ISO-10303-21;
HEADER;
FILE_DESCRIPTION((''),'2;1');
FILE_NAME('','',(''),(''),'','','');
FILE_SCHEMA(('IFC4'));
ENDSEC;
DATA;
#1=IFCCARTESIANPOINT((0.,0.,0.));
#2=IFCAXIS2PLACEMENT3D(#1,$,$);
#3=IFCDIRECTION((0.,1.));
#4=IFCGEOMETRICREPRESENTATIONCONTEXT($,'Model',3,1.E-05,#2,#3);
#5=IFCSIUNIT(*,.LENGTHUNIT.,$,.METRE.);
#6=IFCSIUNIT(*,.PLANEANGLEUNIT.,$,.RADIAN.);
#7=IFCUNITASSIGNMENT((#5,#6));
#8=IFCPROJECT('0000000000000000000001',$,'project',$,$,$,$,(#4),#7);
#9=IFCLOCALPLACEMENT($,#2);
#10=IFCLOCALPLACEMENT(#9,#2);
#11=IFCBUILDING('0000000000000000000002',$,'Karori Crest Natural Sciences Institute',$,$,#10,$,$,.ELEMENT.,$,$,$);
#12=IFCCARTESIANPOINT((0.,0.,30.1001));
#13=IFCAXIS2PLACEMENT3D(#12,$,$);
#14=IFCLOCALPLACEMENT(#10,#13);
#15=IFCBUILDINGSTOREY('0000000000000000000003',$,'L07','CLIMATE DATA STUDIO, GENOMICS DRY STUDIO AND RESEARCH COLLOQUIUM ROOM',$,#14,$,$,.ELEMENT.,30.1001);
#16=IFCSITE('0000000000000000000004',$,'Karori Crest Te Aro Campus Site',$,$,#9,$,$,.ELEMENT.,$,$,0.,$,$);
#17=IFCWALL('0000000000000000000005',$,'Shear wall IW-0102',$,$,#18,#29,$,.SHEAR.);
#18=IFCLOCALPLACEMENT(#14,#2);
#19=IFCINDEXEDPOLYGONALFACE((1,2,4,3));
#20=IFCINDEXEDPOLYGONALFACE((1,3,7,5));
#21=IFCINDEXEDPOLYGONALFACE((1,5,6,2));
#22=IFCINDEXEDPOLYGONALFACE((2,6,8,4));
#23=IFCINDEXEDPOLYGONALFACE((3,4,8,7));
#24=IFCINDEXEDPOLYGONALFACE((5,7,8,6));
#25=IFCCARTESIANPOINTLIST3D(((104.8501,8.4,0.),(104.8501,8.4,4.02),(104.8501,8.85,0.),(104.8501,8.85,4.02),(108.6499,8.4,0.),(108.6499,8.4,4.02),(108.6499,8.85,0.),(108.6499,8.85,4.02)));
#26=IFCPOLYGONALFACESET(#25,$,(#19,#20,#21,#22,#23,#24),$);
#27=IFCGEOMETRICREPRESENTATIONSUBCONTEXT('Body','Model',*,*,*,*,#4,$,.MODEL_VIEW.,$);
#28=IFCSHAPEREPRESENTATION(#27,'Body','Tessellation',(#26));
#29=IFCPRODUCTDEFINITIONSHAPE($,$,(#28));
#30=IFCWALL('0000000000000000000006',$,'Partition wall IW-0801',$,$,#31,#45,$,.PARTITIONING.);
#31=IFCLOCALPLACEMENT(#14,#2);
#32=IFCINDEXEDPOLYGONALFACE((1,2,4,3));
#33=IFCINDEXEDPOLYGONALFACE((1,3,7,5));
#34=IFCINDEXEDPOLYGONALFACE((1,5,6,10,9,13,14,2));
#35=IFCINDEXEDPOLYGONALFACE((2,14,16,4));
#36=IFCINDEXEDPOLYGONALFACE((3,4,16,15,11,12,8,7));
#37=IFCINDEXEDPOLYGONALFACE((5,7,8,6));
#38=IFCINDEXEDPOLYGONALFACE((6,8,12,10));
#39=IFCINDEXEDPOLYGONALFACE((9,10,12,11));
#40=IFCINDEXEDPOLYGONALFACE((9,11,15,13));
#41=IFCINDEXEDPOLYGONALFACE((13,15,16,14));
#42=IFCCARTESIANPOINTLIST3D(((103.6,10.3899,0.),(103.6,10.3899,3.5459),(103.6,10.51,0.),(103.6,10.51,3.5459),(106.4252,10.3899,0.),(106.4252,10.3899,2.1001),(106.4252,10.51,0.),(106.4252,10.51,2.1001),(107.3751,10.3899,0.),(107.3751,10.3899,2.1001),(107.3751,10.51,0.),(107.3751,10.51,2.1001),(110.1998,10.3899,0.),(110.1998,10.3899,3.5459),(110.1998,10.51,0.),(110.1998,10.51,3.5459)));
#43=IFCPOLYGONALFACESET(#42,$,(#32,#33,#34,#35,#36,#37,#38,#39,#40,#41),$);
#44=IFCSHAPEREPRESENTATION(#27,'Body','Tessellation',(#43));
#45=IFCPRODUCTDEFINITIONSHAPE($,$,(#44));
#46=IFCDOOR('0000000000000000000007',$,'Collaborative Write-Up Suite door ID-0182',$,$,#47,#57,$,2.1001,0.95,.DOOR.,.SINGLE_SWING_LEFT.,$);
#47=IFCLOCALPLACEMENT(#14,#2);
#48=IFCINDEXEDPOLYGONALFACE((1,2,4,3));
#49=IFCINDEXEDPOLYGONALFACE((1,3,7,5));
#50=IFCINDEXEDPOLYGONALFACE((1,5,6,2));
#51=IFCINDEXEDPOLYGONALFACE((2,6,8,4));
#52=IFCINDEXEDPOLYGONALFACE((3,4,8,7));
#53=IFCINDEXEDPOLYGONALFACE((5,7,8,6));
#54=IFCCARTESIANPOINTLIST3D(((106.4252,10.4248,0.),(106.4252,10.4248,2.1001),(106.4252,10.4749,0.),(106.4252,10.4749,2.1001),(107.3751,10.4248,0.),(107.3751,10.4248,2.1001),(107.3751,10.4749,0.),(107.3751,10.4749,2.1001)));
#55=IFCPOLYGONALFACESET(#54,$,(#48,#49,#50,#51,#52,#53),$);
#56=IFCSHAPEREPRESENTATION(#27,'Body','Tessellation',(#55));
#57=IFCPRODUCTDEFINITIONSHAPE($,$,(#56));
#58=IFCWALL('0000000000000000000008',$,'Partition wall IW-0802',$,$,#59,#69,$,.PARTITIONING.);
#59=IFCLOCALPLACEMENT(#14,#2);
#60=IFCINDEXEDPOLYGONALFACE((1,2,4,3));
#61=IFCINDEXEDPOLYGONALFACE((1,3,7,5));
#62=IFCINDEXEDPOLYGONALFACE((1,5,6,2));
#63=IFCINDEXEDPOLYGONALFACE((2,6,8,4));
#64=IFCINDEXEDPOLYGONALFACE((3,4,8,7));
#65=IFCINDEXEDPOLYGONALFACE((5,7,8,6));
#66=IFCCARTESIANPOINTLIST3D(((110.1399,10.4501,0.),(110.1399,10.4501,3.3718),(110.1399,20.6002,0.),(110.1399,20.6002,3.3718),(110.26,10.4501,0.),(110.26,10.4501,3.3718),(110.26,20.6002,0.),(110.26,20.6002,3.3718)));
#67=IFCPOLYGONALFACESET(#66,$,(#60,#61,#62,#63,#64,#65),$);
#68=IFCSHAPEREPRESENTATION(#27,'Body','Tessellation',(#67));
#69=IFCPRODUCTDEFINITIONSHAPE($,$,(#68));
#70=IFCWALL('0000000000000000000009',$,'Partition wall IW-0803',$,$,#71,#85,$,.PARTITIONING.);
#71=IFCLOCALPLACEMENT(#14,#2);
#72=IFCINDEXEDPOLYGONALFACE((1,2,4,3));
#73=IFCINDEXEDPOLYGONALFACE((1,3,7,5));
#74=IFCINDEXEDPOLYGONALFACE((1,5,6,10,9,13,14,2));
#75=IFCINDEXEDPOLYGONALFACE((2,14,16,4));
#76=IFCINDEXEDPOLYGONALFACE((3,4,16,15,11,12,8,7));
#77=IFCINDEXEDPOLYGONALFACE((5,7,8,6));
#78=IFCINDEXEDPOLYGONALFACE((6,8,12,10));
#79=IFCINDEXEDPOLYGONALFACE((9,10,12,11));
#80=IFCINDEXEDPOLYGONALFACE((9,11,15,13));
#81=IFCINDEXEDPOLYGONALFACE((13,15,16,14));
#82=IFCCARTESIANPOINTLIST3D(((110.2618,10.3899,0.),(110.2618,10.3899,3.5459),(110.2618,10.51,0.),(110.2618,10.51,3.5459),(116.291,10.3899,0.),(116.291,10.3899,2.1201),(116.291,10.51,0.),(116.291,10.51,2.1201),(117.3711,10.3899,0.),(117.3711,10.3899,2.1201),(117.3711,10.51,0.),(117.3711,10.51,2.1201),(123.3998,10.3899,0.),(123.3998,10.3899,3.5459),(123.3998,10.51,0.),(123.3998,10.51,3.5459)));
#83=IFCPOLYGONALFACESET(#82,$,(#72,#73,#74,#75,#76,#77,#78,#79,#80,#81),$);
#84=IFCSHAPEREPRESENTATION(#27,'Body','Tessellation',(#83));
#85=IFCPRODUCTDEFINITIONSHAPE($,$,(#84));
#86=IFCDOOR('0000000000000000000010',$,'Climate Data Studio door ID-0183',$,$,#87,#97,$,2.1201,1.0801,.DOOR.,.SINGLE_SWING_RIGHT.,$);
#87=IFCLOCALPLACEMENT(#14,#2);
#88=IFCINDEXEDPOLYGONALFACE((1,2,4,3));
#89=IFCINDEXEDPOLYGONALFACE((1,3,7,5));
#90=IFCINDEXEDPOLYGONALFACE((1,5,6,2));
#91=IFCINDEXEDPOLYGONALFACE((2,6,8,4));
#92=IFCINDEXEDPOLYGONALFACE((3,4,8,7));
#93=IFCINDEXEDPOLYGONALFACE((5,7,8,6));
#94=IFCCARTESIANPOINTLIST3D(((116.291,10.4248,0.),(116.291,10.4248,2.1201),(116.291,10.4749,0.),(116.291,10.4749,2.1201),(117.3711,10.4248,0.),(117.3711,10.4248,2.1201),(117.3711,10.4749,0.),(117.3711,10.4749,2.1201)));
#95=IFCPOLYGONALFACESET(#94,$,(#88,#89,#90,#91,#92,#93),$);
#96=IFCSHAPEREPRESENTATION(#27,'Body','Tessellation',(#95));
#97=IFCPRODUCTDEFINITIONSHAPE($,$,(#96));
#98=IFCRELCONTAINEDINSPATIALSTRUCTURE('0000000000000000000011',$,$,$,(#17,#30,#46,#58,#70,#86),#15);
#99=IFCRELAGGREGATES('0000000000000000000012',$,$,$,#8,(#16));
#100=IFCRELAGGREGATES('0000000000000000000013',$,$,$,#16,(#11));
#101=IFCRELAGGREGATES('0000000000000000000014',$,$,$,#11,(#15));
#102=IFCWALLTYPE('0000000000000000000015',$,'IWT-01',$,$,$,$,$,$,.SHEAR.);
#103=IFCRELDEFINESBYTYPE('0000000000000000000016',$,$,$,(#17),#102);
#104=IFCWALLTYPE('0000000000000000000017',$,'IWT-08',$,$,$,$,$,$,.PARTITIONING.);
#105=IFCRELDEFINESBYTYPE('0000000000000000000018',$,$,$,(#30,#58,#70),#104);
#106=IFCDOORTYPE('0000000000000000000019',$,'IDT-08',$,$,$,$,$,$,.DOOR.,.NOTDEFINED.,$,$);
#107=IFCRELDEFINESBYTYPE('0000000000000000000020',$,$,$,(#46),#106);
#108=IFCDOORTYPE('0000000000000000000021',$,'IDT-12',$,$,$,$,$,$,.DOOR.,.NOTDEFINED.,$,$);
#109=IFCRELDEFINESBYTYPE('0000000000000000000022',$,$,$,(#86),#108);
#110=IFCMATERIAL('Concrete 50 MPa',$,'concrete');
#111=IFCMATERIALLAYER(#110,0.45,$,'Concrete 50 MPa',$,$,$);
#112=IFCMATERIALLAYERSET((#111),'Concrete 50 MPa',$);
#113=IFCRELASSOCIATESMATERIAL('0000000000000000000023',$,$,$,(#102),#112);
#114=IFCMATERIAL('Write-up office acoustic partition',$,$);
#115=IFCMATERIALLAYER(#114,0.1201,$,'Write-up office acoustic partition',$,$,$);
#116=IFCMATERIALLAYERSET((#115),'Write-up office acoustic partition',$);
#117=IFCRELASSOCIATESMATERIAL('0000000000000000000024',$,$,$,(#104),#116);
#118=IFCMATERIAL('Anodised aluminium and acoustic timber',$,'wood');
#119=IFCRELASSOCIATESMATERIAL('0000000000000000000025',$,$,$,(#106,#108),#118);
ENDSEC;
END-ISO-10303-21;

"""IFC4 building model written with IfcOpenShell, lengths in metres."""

from ifc_helpers import new_model, si_unit, direction, frame, frame_2d, origin, place, context, subcontext, project, spatial, rectangle, extrude, material, layer, layer_set, type_object, element, fill, save


model = new_model("IFC4")

# Units and contexts
model_context = context("Model", 3, precision=1e-05, world=origin(), true_north=direction((0.0, 1.0)))
body_context = subcontext(model_context, "Body", "Model", "MODEL_VIEW")
ifc_project = project(units=[si_unit("LENGTHUNIT", "METRE"), si_unit("PLANEANGLEUNIT", "RADIAN")], contexts=[model_context])

# Site, building, storey
site_placement = place(None, origin())
site = spatial("IfcSite", under=ifc_project, at=site_placement, Name="Karori Crest Te Aro Campus Site", CompositionType="ELEMENT", RefElevation=0.0)
building_placement = place(site_placement, origin())
building = spatial("IfcBuilding", under=site, at=building_placement, Name="Karori Crest Natural Sciences Institute", CompositionType="ELEMENT")
storey_placement = place(building_placement, frame((0.0, 0.0, 30.1001)))
storey = spatial("IfcBuildingStorey", under=building, at=storey_placement, Name="L07", Description="CLIMATE DATA STUDIO, GENOMICS DRY STUDIO AND RESEARCH COLLOQUIUM ROOM", CompositionType="ELEMENT", Elevation=30.1001)

# Shared definitions
ifc_material_1 = material(Name="Concrete 50 MPa", Category="concrete")

# Wall
ifc_layer_1 = layer(ifc_material_1, 0.45, Name="Concrete 50 MPa")
ifc_layer_set_1 = layer_set([ifc_layer_1], Name="Concrete 50 MPa")
wall_type_1 = type_object("IfcWallType", Name="IWT-01", PredefinedType="SHEAR", material=ifc_layer_set_1)
wall_1_placement = place(storey_placement, frame((104.8501, 8.625, 0.0), z_axis=(0.0, 0.0, 1.0), x_axis=(1.0, 0.0, 0.0)))
element("IfcWall", 1, at=wall_1_placement, inside=storey, type_object=wall_type_1, Name="Shear wall IW-0102", PredefinedType="SHEAR", context=body_context, shape_type="SweptSolid", body=[
    extrude(rectangle(XDim=3.7998, YDim=0.45, at=frame_2d((1.8999, 0.0))), origin(), (0.0, 0.0, 1.0), 4.02),
])

# Wall, opening, door
ifc_material_2 = material(Name="Write-up office acoustic partition")
ifc_layer_2 = layer(ifc_material_2, 0.1201, Name="Write-up office acoustic partition")
ifc_layer_set_2 = layer_set([ifc_layer_2], Name="Write-up office acoustic partition")
wall_type_2 = type_object("IfcWallType", Name="IWT-08", PredefinedType="PARTITIONING", material=ifc_layer_set_2)
wall_2_placement = place(storey_placement, frame((103.6001, 10.45, 0.0), z_axis=(0.0, 0.0, 1.0), x_axis=(1.0, 0.0, 0.0)))
wall_2 = element("IfcWall", 2, at=wall_2_placement, inside=storey, type_object=wall_type_2, Name="Partition wall IW-0801", PredefinedType="PARTITIONING", context=body_context, shape_type="SweptSolid", body=[
    extrude(rectangle(XDim=6.5999, YDim=0.1201, at=frame_2d((3.2998, 0.0))), origin(), (0.0, 0.0, 1.0), 3.5459),
])
opening_1_placement = place(wall_2_placement, frame((2.825, 0.0, 0.0)))
opening_1 = element("IfcOpeningElement", 3, at=opening_1_placement, cuts=wall_2, PredefinedType="OPENING", context=body_context, shape_type="SweptSolid", body=[
    extrude(rectangle(XDim=0.95, YDim=2.1001, at=frame_2d((0.4751, 1.05))), frame((0.0, 0.0701, 0.0), z_axis=(0.0, -1.0, 0.0), x_axis=(1.0, 0.0, 0.0)), (0.0, 0.0, 1.0), 0.1401),
])
ifc_material_3 = material(Name="Anodised aluminium and acoustic timber", Category="wood")
door_type_1 = type_object("IfcDoorType", Name="IDT-08", OperationType="NOTDEFINED", PredefinedType="DOOR", material=ifc_material_3)
door_1_placement = place(opening_1_placement, origin())
door_1 = element("IfcDoor", 4, at=door_1_placement, inside=storey, type_object=door_type_1, Name="Collaborative Write-Up Suite door ID-0182", OperationType="SINGLE_SWING_LEFT", OverallHeight=2.1001, OverallWidth=0.95, PredefinedType="DOOR", context=body_context, shape_type="SweptSolid", body=[
    extrude(rectangle(XDim=0.95, YDim=2.1001, at=frame_2d((0.4751, 1.05))), frame((0.0, 0.0249, 0.0), z_axis=(0.0, -1.0, 0.0), x_axis=(1.0, 0.0, 0.0)), (0.0, 0.0, 1.0), 0.05),
])
fill(opening_1, door_1)

# Wall
wall_3_placement = place(storey_placement, frame((110.2, 10.45, 0.0), z_axis=(0.0, 0.0, 1.0), x_axis=(0.0, 1.0, 0.0)))
element("IfcWall", 5, at=wall_3_placement, inside=storey, type_object=wall_type_2, Name="Partition wall IW-0802", PredefinedType="PARTITIONING", context=body_context, shape_type="SweptSolid", body=[
    extrude(rectangle(XDim=10.1501, YDim=0.1201, at=frame_2d((5.0752, 0.0))), origin(), (0.0, 0.0, 1.0), 3.3718),
])

# Wall, opening, door
wall_4_placement = place(storey_placement, frame((110.262, 10.45, 0.0), z_axis=(0.0, 0.0, 1.0), x_axis=(1.0, 0.0, 0.0)))
wall_4 = element("IfcWall", 6, at=wall_4_placement, inside=storey, type_object=wall_type_2, Name="Partition wall IW-0803", PredefinedType="PARTITIONING", context=body_context, shape_type="SweptSolid", body=[
    extrude(rectangle(XDim=13.1379, YDim=0.1201, at=frame_2d((6.5688, 0.0))), origin(), (0.0, 0.0, 1.0), 3.5459),
])
opening_2_placement = place(wall_4_placement, frame((6.0291, 0.0, 0.0)))
opening_2 = element("IfcOpeningElement", 7, at=opening_2_placement, cuts=wall_4, PredefinedType="OPENING", context=body_context, shape_type="SweptSolid", body=[
    extrude(rectangle(XDim=1.0801, YDim=2.1201, at=frame_2d((0.54, 1.0601))), frame((0.0, 0.0701, 0.0), z_axis=(0.0, -1.0, 0.0), x_axis=(1.0, 0.0, 0.0)), (0.0, 0.0, 1.0), 0.1401),
])
door_type_2 = type_object("IfcDoorType", Name="IDT-12", OperationType="NOTDEFINED", PredefinedType="DOOR", material=ifc_material_3)
door_2_placement = place(opening_2_placement, origin())
door_2 = element("IfcDoor", 8, at=door_2_placement, inside=storey, type_object=door_type_2, Name="Climate Data Studio door ID-0183", OperationType="SINGLE_SWING_RIGHT", OverallHeight=2.1201, OverallWidth=1.0801, PredefinedType="DOOR", context=body_context, shape_type="SweptSolid", body=[
    extrude(rectangle(XDim=1.0801, YDim=2.1201, at=frame_2d((0.54, 1.0601))), frame((0.0, 0.0249, 0.0), z_axis=(0.0, -1.0, 0.0), x_axis=(1.0, 0.0, 0.0)), (0.0, 0.0, 1.0), 0.05),
])
fill(opening_2, door_2)

save(model, "model.ifc")
